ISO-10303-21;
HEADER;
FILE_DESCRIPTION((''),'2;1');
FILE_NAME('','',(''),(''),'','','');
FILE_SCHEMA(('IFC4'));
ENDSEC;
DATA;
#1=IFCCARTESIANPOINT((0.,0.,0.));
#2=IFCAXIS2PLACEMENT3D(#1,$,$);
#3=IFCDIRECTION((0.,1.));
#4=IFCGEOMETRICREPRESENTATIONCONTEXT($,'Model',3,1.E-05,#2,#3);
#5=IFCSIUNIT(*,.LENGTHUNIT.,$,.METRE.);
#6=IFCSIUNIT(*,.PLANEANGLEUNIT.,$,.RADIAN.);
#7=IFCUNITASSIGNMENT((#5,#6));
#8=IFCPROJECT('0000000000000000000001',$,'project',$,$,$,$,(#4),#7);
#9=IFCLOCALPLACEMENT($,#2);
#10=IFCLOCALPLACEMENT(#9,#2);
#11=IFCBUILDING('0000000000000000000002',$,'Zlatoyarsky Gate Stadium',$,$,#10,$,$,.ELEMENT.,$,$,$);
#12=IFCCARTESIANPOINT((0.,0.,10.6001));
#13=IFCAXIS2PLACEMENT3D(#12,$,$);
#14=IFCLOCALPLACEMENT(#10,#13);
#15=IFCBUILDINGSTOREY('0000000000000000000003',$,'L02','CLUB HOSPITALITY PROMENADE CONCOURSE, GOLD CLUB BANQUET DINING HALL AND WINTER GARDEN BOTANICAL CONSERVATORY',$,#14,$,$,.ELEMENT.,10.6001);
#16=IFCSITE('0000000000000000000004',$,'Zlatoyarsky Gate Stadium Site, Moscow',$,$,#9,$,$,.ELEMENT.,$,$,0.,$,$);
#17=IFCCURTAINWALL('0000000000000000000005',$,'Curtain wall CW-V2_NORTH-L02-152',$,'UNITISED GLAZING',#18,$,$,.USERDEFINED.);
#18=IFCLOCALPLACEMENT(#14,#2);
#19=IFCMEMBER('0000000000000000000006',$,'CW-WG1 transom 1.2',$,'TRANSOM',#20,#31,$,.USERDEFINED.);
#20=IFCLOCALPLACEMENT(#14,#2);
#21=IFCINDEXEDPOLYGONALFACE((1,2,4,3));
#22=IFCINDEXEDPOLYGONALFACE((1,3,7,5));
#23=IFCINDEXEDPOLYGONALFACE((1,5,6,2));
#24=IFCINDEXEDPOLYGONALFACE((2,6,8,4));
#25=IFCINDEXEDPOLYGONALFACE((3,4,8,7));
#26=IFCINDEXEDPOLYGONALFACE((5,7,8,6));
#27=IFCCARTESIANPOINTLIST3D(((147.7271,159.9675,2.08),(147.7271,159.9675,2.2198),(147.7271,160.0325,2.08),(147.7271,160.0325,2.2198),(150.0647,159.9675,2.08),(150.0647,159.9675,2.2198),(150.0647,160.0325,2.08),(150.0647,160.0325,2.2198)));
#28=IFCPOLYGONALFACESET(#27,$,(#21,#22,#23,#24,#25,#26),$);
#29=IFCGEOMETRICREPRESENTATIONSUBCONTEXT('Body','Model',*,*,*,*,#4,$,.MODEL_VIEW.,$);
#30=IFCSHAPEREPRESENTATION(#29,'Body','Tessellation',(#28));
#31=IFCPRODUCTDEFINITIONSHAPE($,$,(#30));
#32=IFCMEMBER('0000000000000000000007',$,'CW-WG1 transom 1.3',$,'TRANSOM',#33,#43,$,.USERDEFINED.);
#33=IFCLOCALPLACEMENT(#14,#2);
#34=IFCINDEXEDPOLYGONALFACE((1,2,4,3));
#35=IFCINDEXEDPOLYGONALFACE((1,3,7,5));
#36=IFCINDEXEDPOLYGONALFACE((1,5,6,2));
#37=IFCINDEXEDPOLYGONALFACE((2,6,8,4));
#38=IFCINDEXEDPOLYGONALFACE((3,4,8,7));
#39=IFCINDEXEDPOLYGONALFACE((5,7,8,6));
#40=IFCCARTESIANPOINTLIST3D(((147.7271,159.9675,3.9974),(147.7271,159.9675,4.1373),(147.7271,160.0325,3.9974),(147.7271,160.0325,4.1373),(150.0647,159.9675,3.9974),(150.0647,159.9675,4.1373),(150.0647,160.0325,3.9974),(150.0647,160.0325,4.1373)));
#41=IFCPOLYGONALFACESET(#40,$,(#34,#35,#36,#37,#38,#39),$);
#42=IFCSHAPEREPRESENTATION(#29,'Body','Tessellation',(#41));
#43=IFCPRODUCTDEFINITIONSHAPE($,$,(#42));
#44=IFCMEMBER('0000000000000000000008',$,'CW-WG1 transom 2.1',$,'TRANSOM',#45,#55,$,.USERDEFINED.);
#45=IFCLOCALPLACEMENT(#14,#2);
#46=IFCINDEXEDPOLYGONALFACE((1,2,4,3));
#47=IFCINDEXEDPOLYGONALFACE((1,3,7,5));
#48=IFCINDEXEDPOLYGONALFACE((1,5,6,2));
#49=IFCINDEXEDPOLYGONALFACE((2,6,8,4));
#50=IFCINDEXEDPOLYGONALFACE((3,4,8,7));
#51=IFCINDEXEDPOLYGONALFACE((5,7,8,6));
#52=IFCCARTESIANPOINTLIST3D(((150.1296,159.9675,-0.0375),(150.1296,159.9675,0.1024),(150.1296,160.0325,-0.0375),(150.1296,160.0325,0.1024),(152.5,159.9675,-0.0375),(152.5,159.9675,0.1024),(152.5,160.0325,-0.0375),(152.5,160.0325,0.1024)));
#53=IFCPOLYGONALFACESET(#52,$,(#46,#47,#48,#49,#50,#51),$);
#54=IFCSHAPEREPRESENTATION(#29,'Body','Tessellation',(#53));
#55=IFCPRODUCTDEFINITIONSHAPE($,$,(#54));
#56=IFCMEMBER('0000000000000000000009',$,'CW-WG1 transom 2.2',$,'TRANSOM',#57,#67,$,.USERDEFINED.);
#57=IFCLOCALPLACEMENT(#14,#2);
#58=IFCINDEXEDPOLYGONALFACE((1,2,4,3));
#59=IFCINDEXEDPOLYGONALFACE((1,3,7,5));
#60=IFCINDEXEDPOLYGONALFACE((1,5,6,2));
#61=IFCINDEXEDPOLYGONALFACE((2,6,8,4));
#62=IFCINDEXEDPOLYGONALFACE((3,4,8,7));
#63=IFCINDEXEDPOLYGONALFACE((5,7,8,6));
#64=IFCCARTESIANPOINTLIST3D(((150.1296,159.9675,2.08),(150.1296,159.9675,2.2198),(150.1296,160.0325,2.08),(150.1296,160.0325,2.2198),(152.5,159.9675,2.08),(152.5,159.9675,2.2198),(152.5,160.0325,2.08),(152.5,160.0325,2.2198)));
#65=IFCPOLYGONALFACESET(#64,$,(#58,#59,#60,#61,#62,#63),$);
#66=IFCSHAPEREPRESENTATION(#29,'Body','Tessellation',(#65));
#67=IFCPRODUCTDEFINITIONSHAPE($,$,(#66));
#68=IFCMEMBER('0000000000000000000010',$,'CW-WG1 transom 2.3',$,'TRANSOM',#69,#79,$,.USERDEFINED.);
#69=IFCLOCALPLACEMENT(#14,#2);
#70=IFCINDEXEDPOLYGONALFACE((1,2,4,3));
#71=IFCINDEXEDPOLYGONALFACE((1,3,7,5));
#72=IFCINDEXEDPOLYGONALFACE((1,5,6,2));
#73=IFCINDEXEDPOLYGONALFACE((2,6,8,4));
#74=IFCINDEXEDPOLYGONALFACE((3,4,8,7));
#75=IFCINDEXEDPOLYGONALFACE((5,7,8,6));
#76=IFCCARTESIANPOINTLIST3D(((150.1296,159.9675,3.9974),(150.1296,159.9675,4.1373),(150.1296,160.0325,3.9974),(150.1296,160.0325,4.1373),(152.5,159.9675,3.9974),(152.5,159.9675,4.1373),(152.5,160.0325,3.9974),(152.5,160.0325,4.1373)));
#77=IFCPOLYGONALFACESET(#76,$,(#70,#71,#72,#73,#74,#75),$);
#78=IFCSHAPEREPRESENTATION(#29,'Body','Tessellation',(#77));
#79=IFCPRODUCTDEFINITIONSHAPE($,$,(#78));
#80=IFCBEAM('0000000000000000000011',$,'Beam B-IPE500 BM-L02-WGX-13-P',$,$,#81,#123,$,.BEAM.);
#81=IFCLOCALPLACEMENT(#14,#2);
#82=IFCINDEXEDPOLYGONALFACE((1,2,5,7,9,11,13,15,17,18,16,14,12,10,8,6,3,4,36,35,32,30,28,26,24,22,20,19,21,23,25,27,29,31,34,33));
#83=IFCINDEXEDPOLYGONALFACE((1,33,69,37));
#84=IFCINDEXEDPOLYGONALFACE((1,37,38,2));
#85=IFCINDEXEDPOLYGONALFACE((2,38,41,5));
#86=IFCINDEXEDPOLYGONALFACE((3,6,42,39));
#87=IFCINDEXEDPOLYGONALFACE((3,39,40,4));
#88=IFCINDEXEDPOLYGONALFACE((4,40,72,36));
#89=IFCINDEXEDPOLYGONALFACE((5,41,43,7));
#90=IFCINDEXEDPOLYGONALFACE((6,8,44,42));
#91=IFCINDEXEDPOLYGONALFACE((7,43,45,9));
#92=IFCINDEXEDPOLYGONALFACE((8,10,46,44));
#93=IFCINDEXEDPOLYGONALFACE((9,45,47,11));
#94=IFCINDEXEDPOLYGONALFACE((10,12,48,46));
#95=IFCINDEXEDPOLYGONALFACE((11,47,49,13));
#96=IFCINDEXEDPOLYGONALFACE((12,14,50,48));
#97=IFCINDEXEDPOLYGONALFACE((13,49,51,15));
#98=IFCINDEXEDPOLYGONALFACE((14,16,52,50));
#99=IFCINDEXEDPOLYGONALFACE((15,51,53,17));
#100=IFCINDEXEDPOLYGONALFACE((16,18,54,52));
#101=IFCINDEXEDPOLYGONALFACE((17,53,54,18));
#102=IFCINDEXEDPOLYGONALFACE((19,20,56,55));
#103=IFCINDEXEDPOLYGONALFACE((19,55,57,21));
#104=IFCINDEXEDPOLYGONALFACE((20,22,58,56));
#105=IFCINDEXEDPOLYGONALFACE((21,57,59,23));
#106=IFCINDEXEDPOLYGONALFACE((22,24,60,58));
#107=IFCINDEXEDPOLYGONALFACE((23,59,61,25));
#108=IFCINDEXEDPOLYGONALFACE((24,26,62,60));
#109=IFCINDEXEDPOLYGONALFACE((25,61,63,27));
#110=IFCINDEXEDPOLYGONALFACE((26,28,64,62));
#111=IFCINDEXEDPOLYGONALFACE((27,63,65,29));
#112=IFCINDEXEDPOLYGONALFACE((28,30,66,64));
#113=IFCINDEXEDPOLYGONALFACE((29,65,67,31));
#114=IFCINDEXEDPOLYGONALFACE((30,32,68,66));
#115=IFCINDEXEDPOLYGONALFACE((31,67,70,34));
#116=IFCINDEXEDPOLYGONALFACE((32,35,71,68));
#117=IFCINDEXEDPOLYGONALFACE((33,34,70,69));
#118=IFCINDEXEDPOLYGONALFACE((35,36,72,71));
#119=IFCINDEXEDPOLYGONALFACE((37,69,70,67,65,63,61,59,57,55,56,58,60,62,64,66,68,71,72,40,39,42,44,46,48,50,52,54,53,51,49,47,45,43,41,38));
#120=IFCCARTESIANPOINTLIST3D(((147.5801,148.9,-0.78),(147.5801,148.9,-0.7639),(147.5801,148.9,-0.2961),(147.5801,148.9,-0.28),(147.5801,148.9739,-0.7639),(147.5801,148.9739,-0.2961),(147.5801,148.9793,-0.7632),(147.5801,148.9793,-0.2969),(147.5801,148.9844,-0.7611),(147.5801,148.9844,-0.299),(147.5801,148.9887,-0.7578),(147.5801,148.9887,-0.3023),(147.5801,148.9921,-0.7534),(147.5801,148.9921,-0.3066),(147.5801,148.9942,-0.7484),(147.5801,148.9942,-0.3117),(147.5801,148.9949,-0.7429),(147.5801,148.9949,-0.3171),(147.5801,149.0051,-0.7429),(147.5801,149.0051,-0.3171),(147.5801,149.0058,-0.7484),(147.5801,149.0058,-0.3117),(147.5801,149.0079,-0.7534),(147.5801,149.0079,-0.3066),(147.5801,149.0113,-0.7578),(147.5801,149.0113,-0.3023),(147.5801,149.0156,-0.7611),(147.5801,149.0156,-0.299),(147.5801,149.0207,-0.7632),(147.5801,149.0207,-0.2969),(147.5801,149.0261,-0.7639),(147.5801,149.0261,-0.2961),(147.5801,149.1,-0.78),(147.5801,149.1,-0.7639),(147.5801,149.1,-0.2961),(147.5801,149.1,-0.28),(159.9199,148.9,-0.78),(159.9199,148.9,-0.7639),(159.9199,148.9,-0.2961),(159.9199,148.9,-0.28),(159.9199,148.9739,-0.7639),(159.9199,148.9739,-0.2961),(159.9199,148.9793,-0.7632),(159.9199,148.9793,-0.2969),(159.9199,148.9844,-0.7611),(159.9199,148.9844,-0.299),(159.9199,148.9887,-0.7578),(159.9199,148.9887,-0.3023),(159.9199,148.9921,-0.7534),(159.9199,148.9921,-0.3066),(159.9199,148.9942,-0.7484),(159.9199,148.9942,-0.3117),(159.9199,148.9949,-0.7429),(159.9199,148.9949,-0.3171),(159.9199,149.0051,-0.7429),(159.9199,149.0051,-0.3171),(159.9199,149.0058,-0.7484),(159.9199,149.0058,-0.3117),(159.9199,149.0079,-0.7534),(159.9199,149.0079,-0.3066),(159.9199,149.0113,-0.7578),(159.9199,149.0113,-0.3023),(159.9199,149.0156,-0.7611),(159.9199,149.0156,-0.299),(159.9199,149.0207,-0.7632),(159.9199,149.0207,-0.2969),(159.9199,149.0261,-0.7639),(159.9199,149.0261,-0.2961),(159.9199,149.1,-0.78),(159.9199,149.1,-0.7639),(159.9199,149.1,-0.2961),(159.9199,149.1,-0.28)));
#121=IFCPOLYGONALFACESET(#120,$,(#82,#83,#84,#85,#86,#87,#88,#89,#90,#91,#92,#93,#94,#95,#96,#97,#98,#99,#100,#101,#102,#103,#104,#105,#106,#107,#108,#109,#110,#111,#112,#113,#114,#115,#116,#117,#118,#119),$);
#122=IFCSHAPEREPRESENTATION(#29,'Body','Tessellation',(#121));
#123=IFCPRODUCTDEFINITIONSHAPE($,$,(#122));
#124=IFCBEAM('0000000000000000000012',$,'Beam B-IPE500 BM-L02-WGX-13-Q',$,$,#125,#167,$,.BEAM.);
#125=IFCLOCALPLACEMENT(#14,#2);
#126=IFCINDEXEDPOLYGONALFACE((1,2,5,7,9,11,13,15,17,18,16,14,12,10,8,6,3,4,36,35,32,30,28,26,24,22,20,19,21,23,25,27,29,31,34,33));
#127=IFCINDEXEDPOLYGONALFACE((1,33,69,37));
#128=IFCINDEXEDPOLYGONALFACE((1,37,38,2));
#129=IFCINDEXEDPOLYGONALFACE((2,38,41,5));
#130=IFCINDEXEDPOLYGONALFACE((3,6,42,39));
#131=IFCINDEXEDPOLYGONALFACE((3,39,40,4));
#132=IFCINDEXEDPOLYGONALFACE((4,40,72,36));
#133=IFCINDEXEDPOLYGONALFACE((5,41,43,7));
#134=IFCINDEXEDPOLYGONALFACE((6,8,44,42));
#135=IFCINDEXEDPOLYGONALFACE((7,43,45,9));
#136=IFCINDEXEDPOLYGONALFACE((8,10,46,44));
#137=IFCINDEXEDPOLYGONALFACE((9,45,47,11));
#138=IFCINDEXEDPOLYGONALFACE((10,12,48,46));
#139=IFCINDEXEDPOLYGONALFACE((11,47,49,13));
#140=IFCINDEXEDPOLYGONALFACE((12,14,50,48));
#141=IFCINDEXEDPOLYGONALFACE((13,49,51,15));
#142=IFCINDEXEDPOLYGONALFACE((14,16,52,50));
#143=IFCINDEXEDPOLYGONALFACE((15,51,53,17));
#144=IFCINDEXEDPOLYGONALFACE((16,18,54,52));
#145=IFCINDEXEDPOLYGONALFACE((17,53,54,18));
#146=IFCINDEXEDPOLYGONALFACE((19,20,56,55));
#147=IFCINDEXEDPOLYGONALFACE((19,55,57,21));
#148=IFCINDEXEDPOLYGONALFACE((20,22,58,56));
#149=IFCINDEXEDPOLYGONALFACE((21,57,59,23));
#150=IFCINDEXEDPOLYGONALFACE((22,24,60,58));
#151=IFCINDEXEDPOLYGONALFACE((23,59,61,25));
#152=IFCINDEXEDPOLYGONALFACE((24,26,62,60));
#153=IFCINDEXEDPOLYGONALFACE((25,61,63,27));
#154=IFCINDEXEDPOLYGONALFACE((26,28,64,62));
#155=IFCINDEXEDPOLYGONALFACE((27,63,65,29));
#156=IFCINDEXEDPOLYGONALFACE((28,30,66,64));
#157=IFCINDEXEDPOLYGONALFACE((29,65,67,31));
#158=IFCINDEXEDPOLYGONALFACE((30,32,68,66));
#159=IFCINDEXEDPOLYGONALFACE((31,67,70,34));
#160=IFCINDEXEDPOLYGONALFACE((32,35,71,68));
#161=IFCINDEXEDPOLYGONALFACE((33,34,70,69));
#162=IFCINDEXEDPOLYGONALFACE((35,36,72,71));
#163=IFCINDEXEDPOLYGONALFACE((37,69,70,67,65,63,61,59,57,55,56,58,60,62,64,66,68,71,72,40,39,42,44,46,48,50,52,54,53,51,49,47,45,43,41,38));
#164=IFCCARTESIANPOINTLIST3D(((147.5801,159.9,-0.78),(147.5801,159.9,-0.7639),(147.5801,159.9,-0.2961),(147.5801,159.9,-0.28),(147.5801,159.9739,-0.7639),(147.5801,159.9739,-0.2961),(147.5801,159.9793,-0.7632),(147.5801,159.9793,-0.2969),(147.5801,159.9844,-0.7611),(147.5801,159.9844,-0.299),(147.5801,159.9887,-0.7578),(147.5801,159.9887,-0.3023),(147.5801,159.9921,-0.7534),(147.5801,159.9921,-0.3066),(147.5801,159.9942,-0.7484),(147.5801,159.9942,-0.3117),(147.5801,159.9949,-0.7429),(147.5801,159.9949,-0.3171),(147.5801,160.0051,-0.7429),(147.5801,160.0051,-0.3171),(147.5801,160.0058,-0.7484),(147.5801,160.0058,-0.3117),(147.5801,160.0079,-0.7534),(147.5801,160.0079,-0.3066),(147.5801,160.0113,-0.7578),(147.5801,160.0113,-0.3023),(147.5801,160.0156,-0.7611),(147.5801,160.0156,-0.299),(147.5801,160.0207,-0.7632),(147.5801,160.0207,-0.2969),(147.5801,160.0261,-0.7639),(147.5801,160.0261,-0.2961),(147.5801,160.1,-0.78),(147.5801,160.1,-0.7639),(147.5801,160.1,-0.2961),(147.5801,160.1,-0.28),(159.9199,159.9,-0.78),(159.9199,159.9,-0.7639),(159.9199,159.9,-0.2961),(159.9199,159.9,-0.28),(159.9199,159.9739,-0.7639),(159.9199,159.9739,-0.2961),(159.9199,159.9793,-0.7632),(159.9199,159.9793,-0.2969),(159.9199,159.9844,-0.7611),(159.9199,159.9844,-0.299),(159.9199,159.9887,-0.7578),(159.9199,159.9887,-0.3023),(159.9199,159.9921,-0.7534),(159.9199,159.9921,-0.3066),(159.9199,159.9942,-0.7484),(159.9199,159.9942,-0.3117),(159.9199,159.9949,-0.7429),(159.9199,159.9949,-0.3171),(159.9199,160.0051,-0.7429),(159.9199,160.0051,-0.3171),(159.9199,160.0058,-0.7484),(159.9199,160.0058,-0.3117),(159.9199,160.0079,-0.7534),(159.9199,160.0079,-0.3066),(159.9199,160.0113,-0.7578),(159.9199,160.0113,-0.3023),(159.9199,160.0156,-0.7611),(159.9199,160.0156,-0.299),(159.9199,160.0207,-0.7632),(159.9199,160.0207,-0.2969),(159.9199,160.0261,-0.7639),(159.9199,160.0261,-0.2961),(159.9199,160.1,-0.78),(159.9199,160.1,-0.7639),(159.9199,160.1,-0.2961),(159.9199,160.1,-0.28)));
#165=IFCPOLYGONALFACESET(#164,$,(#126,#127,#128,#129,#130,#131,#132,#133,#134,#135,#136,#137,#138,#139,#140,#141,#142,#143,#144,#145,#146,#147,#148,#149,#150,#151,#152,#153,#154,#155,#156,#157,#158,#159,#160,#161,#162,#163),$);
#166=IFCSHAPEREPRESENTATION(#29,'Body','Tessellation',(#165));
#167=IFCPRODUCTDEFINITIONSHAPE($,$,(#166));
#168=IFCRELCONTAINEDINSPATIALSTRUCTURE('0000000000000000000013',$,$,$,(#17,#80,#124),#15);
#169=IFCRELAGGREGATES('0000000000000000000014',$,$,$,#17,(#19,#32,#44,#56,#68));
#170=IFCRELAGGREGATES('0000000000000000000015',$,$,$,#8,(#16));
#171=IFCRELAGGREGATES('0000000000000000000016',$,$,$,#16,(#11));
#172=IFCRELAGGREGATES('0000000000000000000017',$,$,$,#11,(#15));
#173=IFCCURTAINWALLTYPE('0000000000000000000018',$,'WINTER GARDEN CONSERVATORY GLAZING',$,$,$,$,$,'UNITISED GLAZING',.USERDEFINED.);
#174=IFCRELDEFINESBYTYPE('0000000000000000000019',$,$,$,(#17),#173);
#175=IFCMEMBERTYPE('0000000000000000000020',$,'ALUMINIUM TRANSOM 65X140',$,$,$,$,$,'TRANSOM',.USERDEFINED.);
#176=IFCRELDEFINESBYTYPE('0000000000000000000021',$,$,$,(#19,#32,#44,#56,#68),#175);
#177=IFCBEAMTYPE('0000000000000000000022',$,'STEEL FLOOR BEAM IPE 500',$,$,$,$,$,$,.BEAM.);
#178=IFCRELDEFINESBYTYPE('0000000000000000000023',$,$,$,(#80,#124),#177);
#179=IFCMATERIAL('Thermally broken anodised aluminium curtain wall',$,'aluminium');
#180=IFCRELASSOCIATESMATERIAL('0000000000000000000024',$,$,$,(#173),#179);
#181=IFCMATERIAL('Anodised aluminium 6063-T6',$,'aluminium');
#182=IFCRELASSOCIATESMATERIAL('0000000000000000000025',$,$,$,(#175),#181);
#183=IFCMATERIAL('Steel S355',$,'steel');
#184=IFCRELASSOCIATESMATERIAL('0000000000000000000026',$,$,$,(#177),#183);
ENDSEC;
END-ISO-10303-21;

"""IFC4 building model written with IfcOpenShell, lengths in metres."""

from ifc_helpers import new_model, si_unit, direction, frame, origin, origin_2d, place, context, subcontext, project, spatial, rectangle, i_section, extrude, material, material_profile, profile_set, type_object, element, aggregate, save


model = new_model("IFC4")

# Units and contexts
model_context = context("Model", 3, precision=1e-05, world=origin(), true_north=direction((0.0, 1.0)))
body_context = subcontext(model_context, "Body", "Model", "MODEL_VIEW")
ifc_project = project(units=[si_unit("LENGTHUNIT", "METRE"), si_unit("PLANEANGLEUNIT", "RADIAN")], contexts=[model_context])

# Site, building, storey
site_placement = place(None, origin())
site = spatial("IfcSite", under=ifc_project, at=site_placement, Name="Zlatoyarsky Gate Stadium Site, Moscow", CompositionType="ELEMENT", RefElevation=0.0)
building_placement = place(site_placement, origin())
building = spatial("IfcBuilding", under=site, at=building_placement, Name="Zlatoyarsky Gate Stadium", CompositionType="ELEMENT")
storey_placement = place(building_placement, frame((0.0, 0.0, 10.6001)))
storey = spatial("IfcBuildingStorey", under=building, at=storey_placement, Name="L02", Description="CLUB HOSPITALITY PROMENADE CONCOURSE, GOLD CLUB BANQUET DINING HALL AND WINTER GARDEN BOTANICAL CONSERVATORY", CompositionType="ELEMENT", Elevation=10.6001)

# Shared definitions
ifc_material_1 = material(Name="Steel S355", Category="steel")

# Shared definitions
ifc_material_2 = material(Name="Thermally broken anodised aluminium curtain wall", Category="aluminium")
ifc_material_3 = material(Name="Anodised aluminium 6063-T6", Category="aluminium")

# Curtain wall
curtain_wall_type_1 = type_object("IfcCurtainWallType", Name="WINTER GARDEN CONSERVATORY GLAZING", ElementType="UNITISED GLAZING", PredefinedType="USERDEFINED", material=ifc_material_2)
curtain_wall_1_placement = place(storey_placement, origin())
curtain_wall_1 = element("IfcCurtainWall", 1, at=curtain_wall_1_placement, inside=storey, type_object=curtain_wall_type_1, Name="Curtain wall CW-V2_NORTH-L02-152", ObjectType="UNITISED GLAZING", PredefinedType="USERDEFINED")

# Members
ifc_material_profile_1 = material_profile(ifc_material_3, rectangle(XDim=0.0649, YDim=0.1399, at=origin_2d()), Name="ALU 65X140")
ifc_profile_set_1 = profile_set([ifc_material_profile_1], Name="Anodised aluminium 6063-T6")
member_type_1 = type_object("IfcMemberType", Name="ALUMINIUM TRANSOM 65X140", ElementType="TRANSOM", PredefinedType="USERDEFINED", material=ifc_profile_set_1)
member_1_placement = place(storey_placement, frame((147.7271, 160.0, 2.1499), z_axis=(1.0, 0.0, 0.0), x_axis=(0.0, 1.0, 0.0)))
member_1 = element("IfcMember", 2, at=member_1_placement, type_object=member_type_1, Name="CW-WG1 transom 1.2", ObjectType="TRANSOM", PredefinedType="USERDEFINED", context=body_context, shape_type="SweptSolid", body=[
    extrude(rectangle(XDim=0.0649, YDim=0.1399, at=origin_2d()), origin(), (0.0, 0.0, 1.0), 2.3376),
])
member_2_placement = place(storey_placement, frame((147.7271, 160.0, 4.0674), z_axis=(1.0, 0.0, 0.0), x_axis=(0.0, 1.0, 0.0)))
member_2 = element("IfcMember", 3, at=member_2_placement, type_object=member_type_1, Name="CW-WG1 transom 1.3", ObjectType="TRANSOM", PredefinedType="USERDEFINED", context=body_context, shape_type="SweptSolid", body=[
    extrude(rectangle(XDim=0.0649, YDim=0.1399, at=origin_2d()), origin(), (0.0, 0.0, 1.0), 2.3376),
])
member_3_placement = place(storey_placement, frame((150.1296, 160.0, 0.0325), z_axis=(1.0, 0.0, 0.0), x_axis=(0.0, 1.0, 0.0)))
member_3 = element("IfcMember", 4, at=member_3_placement, type_object=member_type_1, Name="CW-WG1 transom 2.1", ObjectType="TRANSOM", PredefinedType="USERDEFINED", context=body_context, shape_type="SweptSolid", body=[
    extrude(rectangle(XDim=0.0649, YDim=0.1399, at=origin_2d()), origin(), (0.0, 0.0, 1.0), 2.3704),
])
member_4_placement = place(storey_placement, frame((150.1296, 160.0, 2.1499), z_axis=(1.0, 0.0, 0.0), x_axis=(0.0, 1.0, 0.0)))
member_4 = element("IfcMember", 5, at=member_4_placement, type_object=member_type_1, Name="CW-WG1 transom 2.2", ObjectType="TRANSOM", PredefinedType="USERDEFINED", context=body_context, shape_type="SweptSolid", body=[
    extrude(rectangle(XDim=0.0649, YDim=0.1399, at=origin_2d()), origin(), (0.0, 0.0, 1.0), 2.3704),
])
member_5_placement = place(storey_placement, frame((150.1296, 160.0, 4.0674), z_axis=(1.0, 0.0, 0.0), x_axis=(0.0, 1.0, 0.0)))
member_5 = element("IfcMember", 6, at=member_5_placement, type_object=member_type_1, Name="CW-WG1 transom 2.3", ObjectType="TRANSOM", PredefinedType="USERDEFINED", context=body_context, shape_type="SweptSolid", body=[
    extrude(rectangle(XDim=0.0649, YDim=0.1399, at=origin_2d()), origin(), (0.0, 0.0, 1.0), 2.3704),
])

# Beams
ifc_material_profile_2 = material_profile(ifc_material_1, i_section(OverallWidth=0.2, OverallDepth=0.5, WebThickness=0.0103, FlangeThickness=0.0161, FilletRadius=0.021, at=origin_2d()), Name="IPE 500")
ifc_profile_set_2 = profile_set([ifc_material_profile_2], Name="Steel S355")
beam_type_1 = type_object("IfcBeamType", Name="STEEL FLOOR BEAM IPE 500", PredefinedType="BEAM", material=ifc_profile_set_2)
for number, where, z_axis, x_axis, name in (
    (7, (147.5801, 149.0, -0.53), (1.0, 0.0, 0.0), (0.0, 1.0, 0.0), "Beam B-IPE500 BM-L02-WGX-13-P"),
    (8, (147.5801, 160.0, -0.53), (1.0, 0.0, 0.0), (0.0, 1.0, 0.0), "Beam B-IPE500 BM-L02-WGX-13-Q"),
):
    element("IfcBeam", number, at=place(storey_placement, frame(where, z_axis=z_axis, x_axis=x_axis)), inside=storey, type_object=beam_type_1, Name=name, PredefinedType="BEAM", context=body_context, shape_type="SweptSolid", body=[
        extrude(i_section(OverallWidth=0.2, OverallDepth=0.5, WebThickness=0.0103, FlangeThickness=0.0161, FilletRadius=0.021, at=origin_2d()), origin(), (0.0, 0.0, 1.0), 12.3398),
    ])

aggregate(curtain_wall_1, [member_1, member_2, member_3, member_4, member_5])

save(model, "model.ifc")
